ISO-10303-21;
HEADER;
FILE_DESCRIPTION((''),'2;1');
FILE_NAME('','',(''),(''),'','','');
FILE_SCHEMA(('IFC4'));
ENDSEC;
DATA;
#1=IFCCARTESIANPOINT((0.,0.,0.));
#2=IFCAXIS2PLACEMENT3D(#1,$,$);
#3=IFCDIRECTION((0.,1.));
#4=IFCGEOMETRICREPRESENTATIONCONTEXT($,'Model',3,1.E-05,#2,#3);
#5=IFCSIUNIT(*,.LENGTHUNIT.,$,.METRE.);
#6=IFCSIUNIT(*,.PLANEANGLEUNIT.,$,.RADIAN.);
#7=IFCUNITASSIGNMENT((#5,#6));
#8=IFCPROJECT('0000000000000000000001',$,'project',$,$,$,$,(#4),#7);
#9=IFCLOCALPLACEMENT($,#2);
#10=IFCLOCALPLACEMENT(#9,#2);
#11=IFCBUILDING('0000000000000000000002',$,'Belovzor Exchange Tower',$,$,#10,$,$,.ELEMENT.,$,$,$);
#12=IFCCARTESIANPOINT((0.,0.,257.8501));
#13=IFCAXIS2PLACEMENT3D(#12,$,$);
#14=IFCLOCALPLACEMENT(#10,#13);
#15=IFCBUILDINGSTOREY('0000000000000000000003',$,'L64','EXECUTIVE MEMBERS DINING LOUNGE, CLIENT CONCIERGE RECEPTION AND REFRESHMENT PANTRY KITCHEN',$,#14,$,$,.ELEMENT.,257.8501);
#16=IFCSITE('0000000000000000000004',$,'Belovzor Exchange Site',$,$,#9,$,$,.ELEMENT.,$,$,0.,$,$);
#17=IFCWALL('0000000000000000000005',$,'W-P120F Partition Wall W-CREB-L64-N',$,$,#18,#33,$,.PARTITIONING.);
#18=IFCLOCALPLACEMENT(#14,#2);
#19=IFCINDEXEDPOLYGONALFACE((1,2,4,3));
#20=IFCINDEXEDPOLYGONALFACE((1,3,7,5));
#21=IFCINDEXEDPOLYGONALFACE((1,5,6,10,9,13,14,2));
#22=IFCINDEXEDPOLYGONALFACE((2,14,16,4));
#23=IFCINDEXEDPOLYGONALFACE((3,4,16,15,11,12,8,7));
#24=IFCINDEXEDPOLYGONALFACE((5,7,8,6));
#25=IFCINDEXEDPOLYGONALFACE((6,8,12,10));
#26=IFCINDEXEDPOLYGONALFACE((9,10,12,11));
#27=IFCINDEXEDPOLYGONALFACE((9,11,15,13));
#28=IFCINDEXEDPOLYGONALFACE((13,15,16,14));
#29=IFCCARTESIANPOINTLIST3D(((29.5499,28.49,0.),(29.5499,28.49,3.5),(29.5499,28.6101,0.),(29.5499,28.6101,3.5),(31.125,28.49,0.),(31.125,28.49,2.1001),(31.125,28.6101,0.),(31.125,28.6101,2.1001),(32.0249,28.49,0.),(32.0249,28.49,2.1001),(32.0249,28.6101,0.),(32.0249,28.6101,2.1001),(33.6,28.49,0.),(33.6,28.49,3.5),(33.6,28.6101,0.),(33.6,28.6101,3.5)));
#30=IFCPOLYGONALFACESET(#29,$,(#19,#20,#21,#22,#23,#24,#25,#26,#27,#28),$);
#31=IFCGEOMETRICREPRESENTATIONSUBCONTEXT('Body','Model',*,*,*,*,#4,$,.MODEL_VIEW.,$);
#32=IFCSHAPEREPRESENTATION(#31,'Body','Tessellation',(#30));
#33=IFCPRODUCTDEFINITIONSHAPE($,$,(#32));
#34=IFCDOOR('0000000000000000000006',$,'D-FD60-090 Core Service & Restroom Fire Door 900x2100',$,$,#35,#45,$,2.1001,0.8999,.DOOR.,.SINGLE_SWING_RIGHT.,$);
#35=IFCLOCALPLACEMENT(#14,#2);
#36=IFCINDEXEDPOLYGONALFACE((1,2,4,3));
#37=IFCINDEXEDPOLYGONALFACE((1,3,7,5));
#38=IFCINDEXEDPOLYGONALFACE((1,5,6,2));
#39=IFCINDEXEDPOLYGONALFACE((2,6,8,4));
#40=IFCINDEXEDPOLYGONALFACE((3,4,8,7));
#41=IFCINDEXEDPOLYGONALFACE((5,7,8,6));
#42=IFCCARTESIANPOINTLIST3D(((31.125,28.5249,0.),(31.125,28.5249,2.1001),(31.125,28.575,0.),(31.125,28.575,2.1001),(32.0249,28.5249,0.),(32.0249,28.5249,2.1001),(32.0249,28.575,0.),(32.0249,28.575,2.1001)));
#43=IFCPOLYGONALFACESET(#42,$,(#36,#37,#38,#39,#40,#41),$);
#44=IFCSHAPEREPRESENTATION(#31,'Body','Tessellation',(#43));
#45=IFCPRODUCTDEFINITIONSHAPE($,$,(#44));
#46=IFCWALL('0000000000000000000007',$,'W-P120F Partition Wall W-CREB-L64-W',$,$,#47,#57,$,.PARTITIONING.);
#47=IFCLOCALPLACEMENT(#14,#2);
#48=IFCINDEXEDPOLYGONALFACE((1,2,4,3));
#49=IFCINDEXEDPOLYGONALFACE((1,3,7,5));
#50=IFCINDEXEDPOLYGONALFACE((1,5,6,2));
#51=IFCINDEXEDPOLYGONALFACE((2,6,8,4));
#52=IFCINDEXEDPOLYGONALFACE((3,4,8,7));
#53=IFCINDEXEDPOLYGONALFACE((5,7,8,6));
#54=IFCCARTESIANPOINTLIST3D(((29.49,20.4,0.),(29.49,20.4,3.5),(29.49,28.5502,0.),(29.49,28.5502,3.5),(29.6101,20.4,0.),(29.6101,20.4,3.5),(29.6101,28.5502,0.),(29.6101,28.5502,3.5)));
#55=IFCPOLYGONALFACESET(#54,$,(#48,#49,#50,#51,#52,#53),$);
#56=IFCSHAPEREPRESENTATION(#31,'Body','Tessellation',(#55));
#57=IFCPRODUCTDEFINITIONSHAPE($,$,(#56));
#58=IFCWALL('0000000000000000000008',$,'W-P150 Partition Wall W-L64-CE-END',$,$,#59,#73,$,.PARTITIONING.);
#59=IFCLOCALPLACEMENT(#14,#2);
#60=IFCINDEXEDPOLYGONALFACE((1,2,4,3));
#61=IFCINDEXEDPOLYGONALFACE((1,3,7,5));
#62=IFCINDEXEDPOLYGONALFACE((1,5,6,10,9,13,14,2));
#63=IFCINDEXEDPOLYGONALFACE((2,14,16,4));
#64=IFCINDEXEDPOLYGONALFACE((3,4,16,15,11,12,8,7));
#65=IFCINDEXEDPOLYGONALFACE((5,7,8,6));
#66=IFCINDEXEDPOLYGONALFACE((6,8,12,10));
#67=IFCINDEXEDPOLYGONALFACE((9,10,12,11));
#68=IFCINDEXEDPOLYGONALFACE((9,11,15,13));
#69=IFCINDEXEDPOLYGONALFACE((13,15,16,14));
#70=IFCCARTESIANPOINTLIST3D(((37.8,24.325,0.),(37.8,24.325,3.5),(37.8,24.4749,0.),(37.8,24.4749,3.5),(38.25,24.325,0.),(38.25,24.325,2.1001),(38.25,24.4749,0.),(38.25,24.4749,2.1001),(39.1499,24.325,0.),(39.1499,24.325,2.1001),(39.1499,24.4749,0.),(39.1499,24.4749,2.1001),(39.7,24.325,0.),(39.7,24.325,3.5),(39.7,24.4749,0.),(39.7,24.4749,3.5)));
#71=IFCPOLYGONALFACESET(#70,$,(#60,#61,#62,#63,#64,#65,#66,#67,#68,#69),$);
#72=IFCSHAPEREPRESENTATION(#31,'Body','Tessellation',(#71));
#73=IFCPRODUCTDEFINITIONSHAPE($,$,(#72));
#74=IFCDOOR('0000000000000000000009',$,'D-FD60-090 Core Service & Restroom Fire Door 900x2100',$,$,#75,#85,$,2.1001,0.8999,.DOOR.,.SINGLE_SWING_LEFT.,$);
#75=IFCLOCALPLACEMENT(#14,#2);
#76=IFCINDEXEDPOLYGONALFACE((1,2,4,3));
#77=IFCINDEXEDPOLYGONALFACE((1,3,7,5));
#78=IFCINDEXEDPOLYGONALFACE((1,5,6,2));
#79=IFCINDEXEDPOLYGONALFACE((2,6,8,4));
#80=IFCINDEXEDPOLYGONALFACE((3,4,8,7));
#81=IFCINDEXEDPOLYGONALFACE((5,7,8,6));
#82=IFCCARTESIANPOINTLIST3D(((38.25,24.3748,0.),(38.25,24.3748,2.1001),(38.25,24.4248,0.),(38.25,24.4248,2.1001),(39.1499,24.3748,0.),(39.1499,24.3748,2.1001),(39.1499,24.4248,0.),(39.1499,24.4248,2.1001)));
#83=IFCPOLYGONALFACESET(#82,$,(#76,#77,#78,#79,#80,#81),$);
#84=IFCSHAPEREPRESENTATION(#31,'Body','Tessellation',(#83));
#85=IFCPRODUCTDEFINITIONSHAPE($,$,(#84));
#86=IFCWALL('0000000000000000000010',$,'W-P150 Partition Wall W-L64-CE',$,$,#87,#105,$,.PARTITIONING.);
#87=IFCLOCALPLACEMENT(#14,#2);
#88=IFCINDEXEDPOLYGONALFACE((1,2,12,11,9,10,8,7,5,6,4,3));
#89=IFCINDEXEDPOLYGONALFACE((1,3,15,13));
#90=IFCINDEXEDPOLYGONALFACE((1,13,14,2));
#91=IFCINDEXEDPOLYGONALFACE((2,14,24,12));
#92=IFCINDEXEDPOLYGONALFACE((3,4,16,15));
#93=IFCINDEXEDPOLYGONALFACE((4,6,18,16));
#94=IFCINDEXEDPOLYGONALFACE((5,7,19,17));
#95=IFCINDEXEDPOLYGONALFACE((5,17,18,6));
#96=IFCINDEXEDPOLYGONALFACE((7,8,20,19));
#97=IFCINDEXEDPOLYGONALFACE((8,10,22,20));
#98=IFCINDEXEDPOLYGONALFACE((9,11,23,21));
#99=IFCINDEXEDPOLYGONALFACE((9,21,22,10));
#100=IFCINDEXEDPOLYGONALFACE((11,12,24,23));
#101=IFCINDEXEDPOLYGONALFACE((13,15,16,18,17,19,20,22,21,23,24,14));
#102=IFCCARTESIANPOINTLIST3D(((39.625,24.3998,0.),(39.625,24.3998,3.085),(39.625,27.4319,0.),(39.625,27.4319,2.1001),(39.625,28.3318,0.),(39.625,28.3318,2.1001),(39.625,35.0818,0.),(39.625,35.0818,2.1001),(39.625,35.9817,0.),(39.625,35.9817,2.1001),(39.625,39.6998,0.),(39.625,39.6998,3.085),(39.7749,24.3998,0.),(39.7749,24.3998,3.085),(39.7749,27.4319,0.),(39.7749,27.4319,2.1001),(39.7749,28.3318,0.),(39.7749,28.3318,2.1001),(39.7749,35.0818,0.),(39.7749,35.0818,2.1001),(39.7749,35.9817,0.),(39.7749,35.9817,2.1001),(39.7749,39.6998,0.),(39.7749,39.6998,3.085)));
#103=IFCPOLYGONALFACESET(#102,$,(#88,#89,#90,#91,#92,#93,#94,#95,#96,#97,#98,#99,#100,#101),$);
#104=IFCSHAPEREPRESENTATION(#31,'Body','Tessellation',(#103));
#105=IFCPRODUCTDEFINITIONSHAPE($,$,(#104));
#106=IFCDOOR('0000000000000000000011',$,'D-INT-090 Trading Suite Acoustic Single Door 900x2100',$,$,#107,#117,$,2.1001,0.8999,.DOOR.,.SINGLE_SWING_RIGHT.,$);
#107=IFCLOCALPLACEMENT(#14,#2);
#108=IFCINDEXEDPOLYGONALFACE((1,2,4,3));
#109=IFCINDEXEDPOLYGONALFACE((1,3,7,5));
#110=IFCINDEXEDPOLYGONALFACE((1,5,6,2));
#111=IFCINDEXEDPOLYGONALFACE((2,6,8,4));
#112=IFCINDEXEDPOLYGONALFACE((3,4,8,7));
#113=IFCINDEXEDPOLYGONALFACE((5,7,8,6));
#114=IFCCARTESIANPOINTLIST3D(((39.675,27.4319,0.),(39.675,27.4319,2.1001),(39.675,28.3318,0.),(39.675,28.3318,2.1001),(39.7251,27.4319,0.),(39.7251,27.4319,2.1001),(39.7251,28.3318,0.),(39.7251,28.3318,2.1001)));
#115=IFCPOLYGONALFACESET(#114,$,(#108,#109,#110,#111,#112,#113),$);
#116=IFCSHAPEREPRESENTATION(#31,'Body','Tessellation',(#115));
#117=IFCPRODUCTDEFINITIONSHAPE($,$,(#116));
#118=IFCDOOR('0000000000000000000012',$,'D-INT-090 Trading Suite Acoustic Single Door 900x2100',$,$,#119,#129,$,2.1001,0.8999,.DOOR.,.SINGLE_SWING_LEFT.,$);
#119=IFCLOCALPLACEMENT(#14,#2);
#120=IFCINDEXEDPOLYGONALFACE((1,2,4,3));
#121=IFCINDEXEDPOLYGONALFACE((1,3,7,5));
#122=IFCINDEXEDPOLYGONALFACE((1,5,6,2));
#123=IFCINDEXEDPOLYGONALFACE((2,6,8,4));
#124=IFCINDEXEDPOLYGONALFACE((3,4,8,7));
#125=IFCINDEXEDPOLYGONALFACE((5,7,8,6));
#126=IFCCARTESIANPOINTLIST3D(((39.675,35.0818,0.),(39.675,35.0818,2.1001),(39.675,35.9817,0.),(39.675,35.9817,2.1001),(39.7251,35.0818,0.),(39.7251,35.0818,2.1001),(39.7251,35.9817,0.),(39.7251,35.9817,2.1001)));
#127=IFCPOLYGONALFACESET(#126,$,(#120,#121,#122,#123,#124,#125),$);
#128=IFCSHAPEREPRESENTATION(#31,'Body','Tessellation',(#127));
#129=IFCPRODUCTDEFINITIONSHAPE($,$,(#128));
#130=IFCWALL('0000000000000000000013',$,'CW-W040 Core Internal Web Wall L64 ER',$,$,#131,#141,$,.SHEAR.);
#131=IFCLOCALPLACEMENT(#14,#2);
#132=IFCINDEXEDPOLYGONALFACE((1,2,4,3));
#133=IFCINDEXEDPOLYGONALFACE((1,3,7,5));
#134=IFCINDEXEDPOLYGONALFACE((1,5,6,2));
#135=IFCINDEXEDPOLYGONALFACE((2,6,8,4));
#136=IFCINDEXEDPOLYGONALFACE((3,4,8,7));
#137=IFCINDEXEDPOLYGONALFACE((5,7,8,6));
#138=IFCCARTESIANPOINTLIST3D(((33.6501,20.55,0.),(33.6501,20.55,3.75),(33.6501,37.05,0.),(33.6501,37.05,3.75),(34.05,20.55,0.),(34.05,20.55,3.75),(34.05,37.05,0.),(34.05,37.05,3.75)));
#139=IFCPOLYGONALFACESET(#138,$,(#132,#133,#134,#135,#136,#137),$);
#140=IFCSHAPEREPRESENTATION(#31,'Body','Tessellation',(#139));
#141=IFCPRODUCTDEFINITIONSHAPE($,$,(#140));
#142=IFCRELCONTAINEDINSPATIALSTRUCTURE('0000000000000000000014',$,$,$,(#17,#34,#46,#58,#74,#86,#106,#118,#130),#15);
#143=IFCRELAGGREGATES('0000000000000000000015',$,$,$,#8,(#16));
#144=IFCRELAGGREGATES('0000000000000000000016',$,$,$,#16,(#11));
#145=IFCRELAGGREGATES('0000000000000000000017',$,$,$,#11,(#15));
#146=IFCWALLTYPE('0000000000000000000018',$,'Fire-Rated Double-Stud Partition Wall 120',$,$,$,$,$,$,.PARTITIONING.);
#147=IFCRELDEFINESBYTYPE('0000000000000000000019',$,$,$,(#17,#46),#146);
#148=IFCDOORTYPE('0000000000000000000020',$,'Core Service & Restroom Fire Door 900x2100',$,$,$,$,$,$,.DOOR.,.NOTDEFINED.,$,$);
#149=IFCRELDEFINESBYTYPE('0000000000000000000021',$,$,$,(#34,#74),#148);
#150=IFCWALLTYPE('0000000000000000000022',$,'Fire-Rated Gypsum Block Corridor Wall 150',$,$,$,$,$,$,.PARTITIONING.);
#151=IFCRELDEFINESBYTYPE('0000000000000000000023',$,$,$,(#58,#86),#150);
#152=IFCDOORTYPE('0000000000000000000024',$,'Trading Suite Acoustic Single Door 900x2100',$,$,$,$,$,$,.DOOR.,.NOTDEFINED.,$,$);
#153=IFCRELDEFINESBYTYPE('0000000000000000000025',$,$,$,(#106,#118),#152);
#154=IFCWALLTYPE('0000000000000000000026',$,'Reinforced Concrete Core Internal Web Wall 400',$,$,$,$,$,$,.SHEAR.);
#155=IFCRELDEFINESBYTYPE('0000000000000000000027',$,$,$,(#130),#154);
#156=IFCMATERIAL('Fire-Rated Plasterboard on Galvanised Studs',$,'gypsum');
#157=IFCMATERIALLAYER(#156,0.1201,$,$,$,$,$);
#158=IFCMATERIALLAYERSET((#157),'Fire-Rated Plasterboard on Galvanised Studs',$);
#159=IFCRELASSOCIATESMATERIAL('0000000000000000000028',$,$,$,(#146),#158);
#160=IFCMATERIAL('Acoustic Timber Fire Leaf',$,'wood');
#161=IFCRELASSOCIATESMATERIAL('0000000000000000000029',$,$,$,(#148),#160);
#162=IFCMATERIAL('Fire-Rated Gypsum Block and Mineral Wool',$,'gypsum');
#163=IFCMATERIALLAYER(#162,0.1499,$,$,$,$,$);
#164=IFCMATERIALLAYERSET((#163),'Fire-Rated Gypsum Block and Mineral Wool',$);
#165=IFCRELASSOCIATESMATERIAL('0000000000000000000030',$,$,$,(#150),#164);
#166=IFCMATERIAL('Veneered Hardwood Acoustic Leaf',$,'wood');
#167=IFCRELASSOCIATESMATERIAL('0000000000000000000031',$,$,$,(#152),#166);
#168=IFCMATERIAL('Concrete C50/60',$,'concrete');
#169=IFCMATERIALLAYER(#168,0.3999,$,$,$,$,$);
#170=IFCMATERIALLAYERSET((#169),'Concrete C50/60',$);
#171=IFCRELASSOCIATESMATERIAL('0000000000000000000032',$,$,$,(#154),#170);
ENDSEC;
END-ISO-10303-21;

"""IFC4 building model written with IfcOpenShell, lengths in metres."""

from ifc_helpers import new_model, si_unit, direction, frame, frame_2d, origin, place, context, subcontext, project, spatial, rectangle, extrude, material, layer, layer_set, type_object, element, fill, save


model = new_model("IFC4")

# Units and contexts
model_context = context("Model", 3, precision=1e-05, world=origin(), true_north=direction((0.0, 1.0)))
body_context = subcontext(model_context, "Body", "Model", "MODEL_VIEW")
ifc_project = project(units=[si_unit("LENGTHUNIT", "METRE"), si_unit("PLANEANGLEUNIT", "RADIAN")], contexts=[model_context])

# Site, building, storey
site_placement = place(None, origin())
site = spatial("IfcSite", under=ifc_project, at=site_placement, Name="Belovzor Exchange Site", CompositionType="ELEMENT", RefElevation=0.0)
building_placement = place(site_placement, origin())
building = spatial("IfcBuilding", under=site, at=building_placement, Name="Belovzor Exchange Tower", CompositionType="ELEMENT")
storey_placement = place(building_placement, frame((0.0, 0.0, 257.8501)))
storey = spatial("IfcBuildingStorey", under=building, at=storey_placement, Name="L64", Description="EXECUTIVE MEMBERS DINING LOUNGE, CLIENT CONCIERGE RECEPTION AND REFRESHMENT PANTRY KITCHEN", CompositionType="ELEMENT", Elevation=257.8501)

# Shared definitions
ifc_material_1 = material(Name="Fire-Rated Plasterboard on Galvanised Studs", Category="gypsum")
ifc_layer_1 = layer(ifc_material_1, 0.1201)
ifc_layer_set_1 = layer_set([ifc_layer_1], Name="Fire-Rated Plasterboard on Galvanised Studs")
wall_type_1 = type_object("IfcWallType", Name="Fire-Rated Double-Stud Partition Wall 120", PredefinedType="PARTITIONING", material=ifc_layer_set_1)

# Wall, opening, door
wall_1_placement = place(storey_placement, frame((29.55, 28.55, 0.0), z_axis=(0.0, 0.0, 1.0), x_axis=(1.0, 0.0, 0.0)))
wall_1 = element("IfcWall", 1, at=wall_1_placement, inside=storey, type_object=wall_type_1, Name="W-P120F Partition Wall W-CREB-L64-N", PredefinedType="PARTITIONING", context=body_context, shape_type="SweptSolid", body=[
    extrude(rectangle(XDim=4.05, YDim=0.1201, at=frame_2d((2.0249, 0.0))), origin(), (0.0, 0.0, 1.0), 3.5),
])
opening_1_placement = place(wall_1_placement, frame((1.575, 0.0, 0.0)))
opening_1 = element("IfcOpeningElement", 2, at=opening_1_placement, cuts=wall_1, PredefinedType="OPENING", context=body_context, shape_type="SweptSolid", body=[
    extrude(rectangle(XDim=0.8999, YDim=2.1001, at=frame_2d((0.45, 1.05))), frame((0.0, 0.0701, 0.0), z_axis=(0.0, -1.0, 0.0), x_axis=(1.0, 0.0, 0.0)), (0.0, 0.0, 1.0), 0.1401),
])
ifc_material_2 = material(Name="Acoustic Timber Fire Leaf", Category="wood")
door_type_1 = type_object("IfcDoorType", Name="Core Service & Restroom Fire Door 900x2100", OperationType="NOTDEFINED", PredefinedType="DOOR", material=ifc_material_2)
door_1_placement = place(opening_1_placement, origin())
door_1 = element("IfcDoor", 3, at=door_1_placement, inside=storey, type_object=door_type_1, Name="D-FD60-090 Core Service & Restroom Fire Door 900x2100", OperationType="SINGLE_SWING_RIGHT", OverallHeight=2.1001, OverallWidth=0.8999, PredefinedType="DOOR", context=body_context, shape_type="SweptSolid", body=[
    extrude(rectangle(XDim=0.8999, YDim=2.1001, at=frame_2d((0.45, 1.05))), frame((0.0, 0.0249, 0.0), z_axis=(0.0, -1.0, 0.0), x_axis=(1.0, 0.0, 0.0)), (0.0, 0.0, 1.0), 0.05),
])
fill(opening_1, door_1)

# Wall
wall_2_placement = place(storey_placement, frame((29.55, 20.3999, 0.0), z_axis=(0.0, 0.0, 1.0), x_axis=(0.0, 1.0, 0.0)))
element("IfcWall", 4, at=wall_2_placement, inside=storey, type_object=wall_type_1, Name="W-P120F Partition Wall W-CREB-L64-W", PredefinedType="PARTITIONING", context=body_context, shape_type="SweptSolid", body=[
    extrude(rectangle(XDim=8.1501, YDim=0.1201, at=frame_2d((4.0752, 0.0))), origin(), (0.0, 0.0, 1.0), 3.5),
])

# Wall, opening, door
ifc_material_3 = material(Name="Fire-Rated Gypsum Block and Mineral Wool", Category="gypsum")
ifc_layer_2 = layer(ifc_material_3, 0.1499)
ifc_layer_set_2 = layer_set([ifc_layer_2], Name="Fire-Rated Gypsum Block and Mineral Wool")
wall_type_2 = type_object("IfcWallType", Name="Fire-Rated Gypsum Block Corridor Wall 150", PredefinedType="PARTITIONING", material=ifc_layer_set_2)
wall_3_placement = place(storey_placement, frame((37.8, 24.3999, 0.0), z_axis=(0.0, 0.0, 1.0), x_axis=(1.0, 0.0, 0.0)))
wall_3 = element("IfcWall", 5, at=wall_3_placement, inside=storey, type_object=wall_type_2, Name="W-P150 Partition Wall W-L64-CE-END", PredefinedType="PARTITIONING", context=body_context, shape_type="SweptSolid", body=[
    extrude(rectangle(XDim=1.8999, YDim=0.1499, at=frame_2d((0.95, 0.0))), origin(), (0.0, 0.0, 1.0), 3.5),
])
opening_2_placement = place(wall_3_placement, frame((0.45, 0.0, 0.0)))
opening_2 = element("IfcOpeningElement", 6, at=opening_2_placement, cuts=wall_3, PredefinedType="OPENING", context=body_context, shape_type="SweptSolid", body=[
    extrude(rectangle(XDim=0.8999, YDim=2.1001, at=frame_2d((0.45, 1.05))), frame((0.0, 0.085, 0.0), z_axis=(0.0, -1.0, 0.0), x_axis=(1.0, 0.0, 0.0)), (0.0, 0.0, 1.0), 0.1699),
])
door_2_placement = place(opening_2_placement, origin())
door_2 = element("IfcDoor", 7, at=door_2_placement, inside=storey, type_object=door_type_1, Name="D-FD60-090 Core Service & Restroom Fire Door 900x2100", OperationType="SINGLE_SWING_LEFT", OverallHeight=2.1001, OverallWidth=0.8999, PredefinedType="DOOR", context=body_context, shape_type="SweptSolid", body=[
    extrude(rectangle(XDim=0.8999, YDim=2.1001, at=frame_2d((0.45, 1.05))), frame((0.0, 0.0249, 0.0), z_axis=(0.0, -1.0, 0.0), x_axis=(1.0, 0.0, 0.0)), (0.0, 0.0, 1.0), 0.05),
])
fill(opening_2, door_2)

# Wall, openings, doors
wall_4_placement = place(storey_placement, frame((39.7, 24.3999, 0.0), z_axis=(0.0, 0.0, 1.0), x_axis=(0.0, 1.0, 0.0)))
wall_4 = element("IfcWall", 8, at=wall_4_placement, inside=storey, type_object=wall_type_2, Name="W-P150 Partition Wall W-L64-CE", PredefinedType="PARTITIONING", context=body_context, shape_type="SweptSolid", body=[
    extrude(rectangle(XDim=15.3, YDim=0.1499, at=frame_2d((7.6499, 0.0))), origin(), (0.0, 0.0, 1.0), 3.085),
])
opening_3_placement = place(wall_4_placement, frame((3.032, 0.0, 0.0)))
opening_3 = element("IfcOpeningElement", 9, at=opening_3_placement, cuts=wall_4, PredefinedType="OPENING", context=body_context, shape_type="SweptSolid", body=[
    extrude(rectangle(XDim=0.8999, YDim=2.1001, at=frame_2d((0.45, 1.05))), frame((0.0, 0.085, 0.0), z_axis=(0.0, -1.0, 0.0), x_axis=(1.0, 0.0, 0.0)), (0.0, 0.0, 1.0), 0.1699),
])
opening_4_placement = place(wall_4_placement, frame((10.6819, 0.0, 0.0)))
opening_4 = element("IfcOpeningElement", 10, at=opening_4_placement, cuts=wall_4, PredefinedType="OPENING", context=body_context, shape_type="SweptSolid", body=[
    extrude(rectangle(XDim=0.8999, YDim=2.1001, at=frame_2d((0.45, 1.05))), frame((0.0, 0.085, 0.0), z_axis=(0.0, -1.0, 0.0), x_axis=(1.0, 0.0, 0.0)), (0.0, 0.0, 1.0), 0.1699),
])
ifc_material_4 = material(Name="Veneered Hardwood Acoustic Leaf", Category="wood")
door_type_2 = type_object("IfcDoorType", Name="Trading Suite Acoustic Single Door 900x2100", OperationType="NOTDEFINED", PredefinedType="DOOR", material=ifc_material_4)
door_3_placement = place(opening_3_placement, origin())
door_3 = element("IfcDoor", 11, at=door_3_placement, inside=storey, type_object=door_type_2, Name="D-INT-090 Trading Suite Acoustic Single Door 900x2100", OperationType="SINGLE_SWING_RIGHT", OverallHeight=2.1001, OverallWidth=0.8999, PredefinedType="DOOR", context=body_context, shape_type="SweptSolid", body=[
    extrude(rectangle(XDim=0.8999, YDim=2.1001, at=frame_2d((0.45, 1.05))), frame((0.0, 0.0249, 0.0), z_axis=(0.0, -1.0, 0.0), x_axis=(1.0, 0.0, 0.0)), (0.0, 0.0, 1.0), 0.05),
])
fill(opening_3, door_3)
door_4_placement = place(opening_4_placement, origin())
door_4 = element("IfcDoor", 12, at=door_4_placement, inside=storey, type_object=door_type_2, Name="D-INT-090 Trading Suite Acoustic Single Door 900x2100", OperationType="SINGLE_SWING_LEFT", OverallHeight=2.1001, OverallWidth=0.8999, PredefinedType="DOOR", context=body_context, shape_type="SweptSolid", body=[
    extrude(rectangle(XDim=0.8999, YDim=2.1001, at=frame_2d((0.45, 1.05))), frame((0.0, 0.0249, 0.0), z_axis=(0.0, -1.0, 0.0), x_axis=(1.0, 0.0, 0.0)), (0.0, 0.0, 1.0), 0.05),
])
fill(opening_4, door_4)

# Wall
ifc_material_5 = material(Name="Concrete C50/60", Category="concrete")
ifc_layer_3 = layer(ifc_material_5, 0.3999)
ifc_layer_set_3 = layer_set([ifc_layer_3], Name="Concrete C50/60")
wall_type_3 = type_object("IfcWallType", Name="Reinforced Concrete Core Internal Web Wall 400", PredefinedType="SHEAR", material=ifc_layer_set_3)
wall_5_placement = place(storey_placement, frame((33.8501, 20.55, 0.0), z_axis=(0.0, 0.0, 1.0), x_axis=(0.0, 1.0, 0.0)))
element("IfcWall", 13, at=wall_5_placement, inside=storey, type_object=wall_type_3, Name="CW-W040 Core Internal Web Wall L64 ER", PredefinedType="SHEAR", context=body_context, shape_type="SweptSolid", body=[
    extrude(rectangle(XDim=16.5, YDim=0.3999, at=frame_2d((8.25, 0.0))), origin(), (0.0, 0.0, 1.0), 3.75),
])

save(model, "model.ifc")
